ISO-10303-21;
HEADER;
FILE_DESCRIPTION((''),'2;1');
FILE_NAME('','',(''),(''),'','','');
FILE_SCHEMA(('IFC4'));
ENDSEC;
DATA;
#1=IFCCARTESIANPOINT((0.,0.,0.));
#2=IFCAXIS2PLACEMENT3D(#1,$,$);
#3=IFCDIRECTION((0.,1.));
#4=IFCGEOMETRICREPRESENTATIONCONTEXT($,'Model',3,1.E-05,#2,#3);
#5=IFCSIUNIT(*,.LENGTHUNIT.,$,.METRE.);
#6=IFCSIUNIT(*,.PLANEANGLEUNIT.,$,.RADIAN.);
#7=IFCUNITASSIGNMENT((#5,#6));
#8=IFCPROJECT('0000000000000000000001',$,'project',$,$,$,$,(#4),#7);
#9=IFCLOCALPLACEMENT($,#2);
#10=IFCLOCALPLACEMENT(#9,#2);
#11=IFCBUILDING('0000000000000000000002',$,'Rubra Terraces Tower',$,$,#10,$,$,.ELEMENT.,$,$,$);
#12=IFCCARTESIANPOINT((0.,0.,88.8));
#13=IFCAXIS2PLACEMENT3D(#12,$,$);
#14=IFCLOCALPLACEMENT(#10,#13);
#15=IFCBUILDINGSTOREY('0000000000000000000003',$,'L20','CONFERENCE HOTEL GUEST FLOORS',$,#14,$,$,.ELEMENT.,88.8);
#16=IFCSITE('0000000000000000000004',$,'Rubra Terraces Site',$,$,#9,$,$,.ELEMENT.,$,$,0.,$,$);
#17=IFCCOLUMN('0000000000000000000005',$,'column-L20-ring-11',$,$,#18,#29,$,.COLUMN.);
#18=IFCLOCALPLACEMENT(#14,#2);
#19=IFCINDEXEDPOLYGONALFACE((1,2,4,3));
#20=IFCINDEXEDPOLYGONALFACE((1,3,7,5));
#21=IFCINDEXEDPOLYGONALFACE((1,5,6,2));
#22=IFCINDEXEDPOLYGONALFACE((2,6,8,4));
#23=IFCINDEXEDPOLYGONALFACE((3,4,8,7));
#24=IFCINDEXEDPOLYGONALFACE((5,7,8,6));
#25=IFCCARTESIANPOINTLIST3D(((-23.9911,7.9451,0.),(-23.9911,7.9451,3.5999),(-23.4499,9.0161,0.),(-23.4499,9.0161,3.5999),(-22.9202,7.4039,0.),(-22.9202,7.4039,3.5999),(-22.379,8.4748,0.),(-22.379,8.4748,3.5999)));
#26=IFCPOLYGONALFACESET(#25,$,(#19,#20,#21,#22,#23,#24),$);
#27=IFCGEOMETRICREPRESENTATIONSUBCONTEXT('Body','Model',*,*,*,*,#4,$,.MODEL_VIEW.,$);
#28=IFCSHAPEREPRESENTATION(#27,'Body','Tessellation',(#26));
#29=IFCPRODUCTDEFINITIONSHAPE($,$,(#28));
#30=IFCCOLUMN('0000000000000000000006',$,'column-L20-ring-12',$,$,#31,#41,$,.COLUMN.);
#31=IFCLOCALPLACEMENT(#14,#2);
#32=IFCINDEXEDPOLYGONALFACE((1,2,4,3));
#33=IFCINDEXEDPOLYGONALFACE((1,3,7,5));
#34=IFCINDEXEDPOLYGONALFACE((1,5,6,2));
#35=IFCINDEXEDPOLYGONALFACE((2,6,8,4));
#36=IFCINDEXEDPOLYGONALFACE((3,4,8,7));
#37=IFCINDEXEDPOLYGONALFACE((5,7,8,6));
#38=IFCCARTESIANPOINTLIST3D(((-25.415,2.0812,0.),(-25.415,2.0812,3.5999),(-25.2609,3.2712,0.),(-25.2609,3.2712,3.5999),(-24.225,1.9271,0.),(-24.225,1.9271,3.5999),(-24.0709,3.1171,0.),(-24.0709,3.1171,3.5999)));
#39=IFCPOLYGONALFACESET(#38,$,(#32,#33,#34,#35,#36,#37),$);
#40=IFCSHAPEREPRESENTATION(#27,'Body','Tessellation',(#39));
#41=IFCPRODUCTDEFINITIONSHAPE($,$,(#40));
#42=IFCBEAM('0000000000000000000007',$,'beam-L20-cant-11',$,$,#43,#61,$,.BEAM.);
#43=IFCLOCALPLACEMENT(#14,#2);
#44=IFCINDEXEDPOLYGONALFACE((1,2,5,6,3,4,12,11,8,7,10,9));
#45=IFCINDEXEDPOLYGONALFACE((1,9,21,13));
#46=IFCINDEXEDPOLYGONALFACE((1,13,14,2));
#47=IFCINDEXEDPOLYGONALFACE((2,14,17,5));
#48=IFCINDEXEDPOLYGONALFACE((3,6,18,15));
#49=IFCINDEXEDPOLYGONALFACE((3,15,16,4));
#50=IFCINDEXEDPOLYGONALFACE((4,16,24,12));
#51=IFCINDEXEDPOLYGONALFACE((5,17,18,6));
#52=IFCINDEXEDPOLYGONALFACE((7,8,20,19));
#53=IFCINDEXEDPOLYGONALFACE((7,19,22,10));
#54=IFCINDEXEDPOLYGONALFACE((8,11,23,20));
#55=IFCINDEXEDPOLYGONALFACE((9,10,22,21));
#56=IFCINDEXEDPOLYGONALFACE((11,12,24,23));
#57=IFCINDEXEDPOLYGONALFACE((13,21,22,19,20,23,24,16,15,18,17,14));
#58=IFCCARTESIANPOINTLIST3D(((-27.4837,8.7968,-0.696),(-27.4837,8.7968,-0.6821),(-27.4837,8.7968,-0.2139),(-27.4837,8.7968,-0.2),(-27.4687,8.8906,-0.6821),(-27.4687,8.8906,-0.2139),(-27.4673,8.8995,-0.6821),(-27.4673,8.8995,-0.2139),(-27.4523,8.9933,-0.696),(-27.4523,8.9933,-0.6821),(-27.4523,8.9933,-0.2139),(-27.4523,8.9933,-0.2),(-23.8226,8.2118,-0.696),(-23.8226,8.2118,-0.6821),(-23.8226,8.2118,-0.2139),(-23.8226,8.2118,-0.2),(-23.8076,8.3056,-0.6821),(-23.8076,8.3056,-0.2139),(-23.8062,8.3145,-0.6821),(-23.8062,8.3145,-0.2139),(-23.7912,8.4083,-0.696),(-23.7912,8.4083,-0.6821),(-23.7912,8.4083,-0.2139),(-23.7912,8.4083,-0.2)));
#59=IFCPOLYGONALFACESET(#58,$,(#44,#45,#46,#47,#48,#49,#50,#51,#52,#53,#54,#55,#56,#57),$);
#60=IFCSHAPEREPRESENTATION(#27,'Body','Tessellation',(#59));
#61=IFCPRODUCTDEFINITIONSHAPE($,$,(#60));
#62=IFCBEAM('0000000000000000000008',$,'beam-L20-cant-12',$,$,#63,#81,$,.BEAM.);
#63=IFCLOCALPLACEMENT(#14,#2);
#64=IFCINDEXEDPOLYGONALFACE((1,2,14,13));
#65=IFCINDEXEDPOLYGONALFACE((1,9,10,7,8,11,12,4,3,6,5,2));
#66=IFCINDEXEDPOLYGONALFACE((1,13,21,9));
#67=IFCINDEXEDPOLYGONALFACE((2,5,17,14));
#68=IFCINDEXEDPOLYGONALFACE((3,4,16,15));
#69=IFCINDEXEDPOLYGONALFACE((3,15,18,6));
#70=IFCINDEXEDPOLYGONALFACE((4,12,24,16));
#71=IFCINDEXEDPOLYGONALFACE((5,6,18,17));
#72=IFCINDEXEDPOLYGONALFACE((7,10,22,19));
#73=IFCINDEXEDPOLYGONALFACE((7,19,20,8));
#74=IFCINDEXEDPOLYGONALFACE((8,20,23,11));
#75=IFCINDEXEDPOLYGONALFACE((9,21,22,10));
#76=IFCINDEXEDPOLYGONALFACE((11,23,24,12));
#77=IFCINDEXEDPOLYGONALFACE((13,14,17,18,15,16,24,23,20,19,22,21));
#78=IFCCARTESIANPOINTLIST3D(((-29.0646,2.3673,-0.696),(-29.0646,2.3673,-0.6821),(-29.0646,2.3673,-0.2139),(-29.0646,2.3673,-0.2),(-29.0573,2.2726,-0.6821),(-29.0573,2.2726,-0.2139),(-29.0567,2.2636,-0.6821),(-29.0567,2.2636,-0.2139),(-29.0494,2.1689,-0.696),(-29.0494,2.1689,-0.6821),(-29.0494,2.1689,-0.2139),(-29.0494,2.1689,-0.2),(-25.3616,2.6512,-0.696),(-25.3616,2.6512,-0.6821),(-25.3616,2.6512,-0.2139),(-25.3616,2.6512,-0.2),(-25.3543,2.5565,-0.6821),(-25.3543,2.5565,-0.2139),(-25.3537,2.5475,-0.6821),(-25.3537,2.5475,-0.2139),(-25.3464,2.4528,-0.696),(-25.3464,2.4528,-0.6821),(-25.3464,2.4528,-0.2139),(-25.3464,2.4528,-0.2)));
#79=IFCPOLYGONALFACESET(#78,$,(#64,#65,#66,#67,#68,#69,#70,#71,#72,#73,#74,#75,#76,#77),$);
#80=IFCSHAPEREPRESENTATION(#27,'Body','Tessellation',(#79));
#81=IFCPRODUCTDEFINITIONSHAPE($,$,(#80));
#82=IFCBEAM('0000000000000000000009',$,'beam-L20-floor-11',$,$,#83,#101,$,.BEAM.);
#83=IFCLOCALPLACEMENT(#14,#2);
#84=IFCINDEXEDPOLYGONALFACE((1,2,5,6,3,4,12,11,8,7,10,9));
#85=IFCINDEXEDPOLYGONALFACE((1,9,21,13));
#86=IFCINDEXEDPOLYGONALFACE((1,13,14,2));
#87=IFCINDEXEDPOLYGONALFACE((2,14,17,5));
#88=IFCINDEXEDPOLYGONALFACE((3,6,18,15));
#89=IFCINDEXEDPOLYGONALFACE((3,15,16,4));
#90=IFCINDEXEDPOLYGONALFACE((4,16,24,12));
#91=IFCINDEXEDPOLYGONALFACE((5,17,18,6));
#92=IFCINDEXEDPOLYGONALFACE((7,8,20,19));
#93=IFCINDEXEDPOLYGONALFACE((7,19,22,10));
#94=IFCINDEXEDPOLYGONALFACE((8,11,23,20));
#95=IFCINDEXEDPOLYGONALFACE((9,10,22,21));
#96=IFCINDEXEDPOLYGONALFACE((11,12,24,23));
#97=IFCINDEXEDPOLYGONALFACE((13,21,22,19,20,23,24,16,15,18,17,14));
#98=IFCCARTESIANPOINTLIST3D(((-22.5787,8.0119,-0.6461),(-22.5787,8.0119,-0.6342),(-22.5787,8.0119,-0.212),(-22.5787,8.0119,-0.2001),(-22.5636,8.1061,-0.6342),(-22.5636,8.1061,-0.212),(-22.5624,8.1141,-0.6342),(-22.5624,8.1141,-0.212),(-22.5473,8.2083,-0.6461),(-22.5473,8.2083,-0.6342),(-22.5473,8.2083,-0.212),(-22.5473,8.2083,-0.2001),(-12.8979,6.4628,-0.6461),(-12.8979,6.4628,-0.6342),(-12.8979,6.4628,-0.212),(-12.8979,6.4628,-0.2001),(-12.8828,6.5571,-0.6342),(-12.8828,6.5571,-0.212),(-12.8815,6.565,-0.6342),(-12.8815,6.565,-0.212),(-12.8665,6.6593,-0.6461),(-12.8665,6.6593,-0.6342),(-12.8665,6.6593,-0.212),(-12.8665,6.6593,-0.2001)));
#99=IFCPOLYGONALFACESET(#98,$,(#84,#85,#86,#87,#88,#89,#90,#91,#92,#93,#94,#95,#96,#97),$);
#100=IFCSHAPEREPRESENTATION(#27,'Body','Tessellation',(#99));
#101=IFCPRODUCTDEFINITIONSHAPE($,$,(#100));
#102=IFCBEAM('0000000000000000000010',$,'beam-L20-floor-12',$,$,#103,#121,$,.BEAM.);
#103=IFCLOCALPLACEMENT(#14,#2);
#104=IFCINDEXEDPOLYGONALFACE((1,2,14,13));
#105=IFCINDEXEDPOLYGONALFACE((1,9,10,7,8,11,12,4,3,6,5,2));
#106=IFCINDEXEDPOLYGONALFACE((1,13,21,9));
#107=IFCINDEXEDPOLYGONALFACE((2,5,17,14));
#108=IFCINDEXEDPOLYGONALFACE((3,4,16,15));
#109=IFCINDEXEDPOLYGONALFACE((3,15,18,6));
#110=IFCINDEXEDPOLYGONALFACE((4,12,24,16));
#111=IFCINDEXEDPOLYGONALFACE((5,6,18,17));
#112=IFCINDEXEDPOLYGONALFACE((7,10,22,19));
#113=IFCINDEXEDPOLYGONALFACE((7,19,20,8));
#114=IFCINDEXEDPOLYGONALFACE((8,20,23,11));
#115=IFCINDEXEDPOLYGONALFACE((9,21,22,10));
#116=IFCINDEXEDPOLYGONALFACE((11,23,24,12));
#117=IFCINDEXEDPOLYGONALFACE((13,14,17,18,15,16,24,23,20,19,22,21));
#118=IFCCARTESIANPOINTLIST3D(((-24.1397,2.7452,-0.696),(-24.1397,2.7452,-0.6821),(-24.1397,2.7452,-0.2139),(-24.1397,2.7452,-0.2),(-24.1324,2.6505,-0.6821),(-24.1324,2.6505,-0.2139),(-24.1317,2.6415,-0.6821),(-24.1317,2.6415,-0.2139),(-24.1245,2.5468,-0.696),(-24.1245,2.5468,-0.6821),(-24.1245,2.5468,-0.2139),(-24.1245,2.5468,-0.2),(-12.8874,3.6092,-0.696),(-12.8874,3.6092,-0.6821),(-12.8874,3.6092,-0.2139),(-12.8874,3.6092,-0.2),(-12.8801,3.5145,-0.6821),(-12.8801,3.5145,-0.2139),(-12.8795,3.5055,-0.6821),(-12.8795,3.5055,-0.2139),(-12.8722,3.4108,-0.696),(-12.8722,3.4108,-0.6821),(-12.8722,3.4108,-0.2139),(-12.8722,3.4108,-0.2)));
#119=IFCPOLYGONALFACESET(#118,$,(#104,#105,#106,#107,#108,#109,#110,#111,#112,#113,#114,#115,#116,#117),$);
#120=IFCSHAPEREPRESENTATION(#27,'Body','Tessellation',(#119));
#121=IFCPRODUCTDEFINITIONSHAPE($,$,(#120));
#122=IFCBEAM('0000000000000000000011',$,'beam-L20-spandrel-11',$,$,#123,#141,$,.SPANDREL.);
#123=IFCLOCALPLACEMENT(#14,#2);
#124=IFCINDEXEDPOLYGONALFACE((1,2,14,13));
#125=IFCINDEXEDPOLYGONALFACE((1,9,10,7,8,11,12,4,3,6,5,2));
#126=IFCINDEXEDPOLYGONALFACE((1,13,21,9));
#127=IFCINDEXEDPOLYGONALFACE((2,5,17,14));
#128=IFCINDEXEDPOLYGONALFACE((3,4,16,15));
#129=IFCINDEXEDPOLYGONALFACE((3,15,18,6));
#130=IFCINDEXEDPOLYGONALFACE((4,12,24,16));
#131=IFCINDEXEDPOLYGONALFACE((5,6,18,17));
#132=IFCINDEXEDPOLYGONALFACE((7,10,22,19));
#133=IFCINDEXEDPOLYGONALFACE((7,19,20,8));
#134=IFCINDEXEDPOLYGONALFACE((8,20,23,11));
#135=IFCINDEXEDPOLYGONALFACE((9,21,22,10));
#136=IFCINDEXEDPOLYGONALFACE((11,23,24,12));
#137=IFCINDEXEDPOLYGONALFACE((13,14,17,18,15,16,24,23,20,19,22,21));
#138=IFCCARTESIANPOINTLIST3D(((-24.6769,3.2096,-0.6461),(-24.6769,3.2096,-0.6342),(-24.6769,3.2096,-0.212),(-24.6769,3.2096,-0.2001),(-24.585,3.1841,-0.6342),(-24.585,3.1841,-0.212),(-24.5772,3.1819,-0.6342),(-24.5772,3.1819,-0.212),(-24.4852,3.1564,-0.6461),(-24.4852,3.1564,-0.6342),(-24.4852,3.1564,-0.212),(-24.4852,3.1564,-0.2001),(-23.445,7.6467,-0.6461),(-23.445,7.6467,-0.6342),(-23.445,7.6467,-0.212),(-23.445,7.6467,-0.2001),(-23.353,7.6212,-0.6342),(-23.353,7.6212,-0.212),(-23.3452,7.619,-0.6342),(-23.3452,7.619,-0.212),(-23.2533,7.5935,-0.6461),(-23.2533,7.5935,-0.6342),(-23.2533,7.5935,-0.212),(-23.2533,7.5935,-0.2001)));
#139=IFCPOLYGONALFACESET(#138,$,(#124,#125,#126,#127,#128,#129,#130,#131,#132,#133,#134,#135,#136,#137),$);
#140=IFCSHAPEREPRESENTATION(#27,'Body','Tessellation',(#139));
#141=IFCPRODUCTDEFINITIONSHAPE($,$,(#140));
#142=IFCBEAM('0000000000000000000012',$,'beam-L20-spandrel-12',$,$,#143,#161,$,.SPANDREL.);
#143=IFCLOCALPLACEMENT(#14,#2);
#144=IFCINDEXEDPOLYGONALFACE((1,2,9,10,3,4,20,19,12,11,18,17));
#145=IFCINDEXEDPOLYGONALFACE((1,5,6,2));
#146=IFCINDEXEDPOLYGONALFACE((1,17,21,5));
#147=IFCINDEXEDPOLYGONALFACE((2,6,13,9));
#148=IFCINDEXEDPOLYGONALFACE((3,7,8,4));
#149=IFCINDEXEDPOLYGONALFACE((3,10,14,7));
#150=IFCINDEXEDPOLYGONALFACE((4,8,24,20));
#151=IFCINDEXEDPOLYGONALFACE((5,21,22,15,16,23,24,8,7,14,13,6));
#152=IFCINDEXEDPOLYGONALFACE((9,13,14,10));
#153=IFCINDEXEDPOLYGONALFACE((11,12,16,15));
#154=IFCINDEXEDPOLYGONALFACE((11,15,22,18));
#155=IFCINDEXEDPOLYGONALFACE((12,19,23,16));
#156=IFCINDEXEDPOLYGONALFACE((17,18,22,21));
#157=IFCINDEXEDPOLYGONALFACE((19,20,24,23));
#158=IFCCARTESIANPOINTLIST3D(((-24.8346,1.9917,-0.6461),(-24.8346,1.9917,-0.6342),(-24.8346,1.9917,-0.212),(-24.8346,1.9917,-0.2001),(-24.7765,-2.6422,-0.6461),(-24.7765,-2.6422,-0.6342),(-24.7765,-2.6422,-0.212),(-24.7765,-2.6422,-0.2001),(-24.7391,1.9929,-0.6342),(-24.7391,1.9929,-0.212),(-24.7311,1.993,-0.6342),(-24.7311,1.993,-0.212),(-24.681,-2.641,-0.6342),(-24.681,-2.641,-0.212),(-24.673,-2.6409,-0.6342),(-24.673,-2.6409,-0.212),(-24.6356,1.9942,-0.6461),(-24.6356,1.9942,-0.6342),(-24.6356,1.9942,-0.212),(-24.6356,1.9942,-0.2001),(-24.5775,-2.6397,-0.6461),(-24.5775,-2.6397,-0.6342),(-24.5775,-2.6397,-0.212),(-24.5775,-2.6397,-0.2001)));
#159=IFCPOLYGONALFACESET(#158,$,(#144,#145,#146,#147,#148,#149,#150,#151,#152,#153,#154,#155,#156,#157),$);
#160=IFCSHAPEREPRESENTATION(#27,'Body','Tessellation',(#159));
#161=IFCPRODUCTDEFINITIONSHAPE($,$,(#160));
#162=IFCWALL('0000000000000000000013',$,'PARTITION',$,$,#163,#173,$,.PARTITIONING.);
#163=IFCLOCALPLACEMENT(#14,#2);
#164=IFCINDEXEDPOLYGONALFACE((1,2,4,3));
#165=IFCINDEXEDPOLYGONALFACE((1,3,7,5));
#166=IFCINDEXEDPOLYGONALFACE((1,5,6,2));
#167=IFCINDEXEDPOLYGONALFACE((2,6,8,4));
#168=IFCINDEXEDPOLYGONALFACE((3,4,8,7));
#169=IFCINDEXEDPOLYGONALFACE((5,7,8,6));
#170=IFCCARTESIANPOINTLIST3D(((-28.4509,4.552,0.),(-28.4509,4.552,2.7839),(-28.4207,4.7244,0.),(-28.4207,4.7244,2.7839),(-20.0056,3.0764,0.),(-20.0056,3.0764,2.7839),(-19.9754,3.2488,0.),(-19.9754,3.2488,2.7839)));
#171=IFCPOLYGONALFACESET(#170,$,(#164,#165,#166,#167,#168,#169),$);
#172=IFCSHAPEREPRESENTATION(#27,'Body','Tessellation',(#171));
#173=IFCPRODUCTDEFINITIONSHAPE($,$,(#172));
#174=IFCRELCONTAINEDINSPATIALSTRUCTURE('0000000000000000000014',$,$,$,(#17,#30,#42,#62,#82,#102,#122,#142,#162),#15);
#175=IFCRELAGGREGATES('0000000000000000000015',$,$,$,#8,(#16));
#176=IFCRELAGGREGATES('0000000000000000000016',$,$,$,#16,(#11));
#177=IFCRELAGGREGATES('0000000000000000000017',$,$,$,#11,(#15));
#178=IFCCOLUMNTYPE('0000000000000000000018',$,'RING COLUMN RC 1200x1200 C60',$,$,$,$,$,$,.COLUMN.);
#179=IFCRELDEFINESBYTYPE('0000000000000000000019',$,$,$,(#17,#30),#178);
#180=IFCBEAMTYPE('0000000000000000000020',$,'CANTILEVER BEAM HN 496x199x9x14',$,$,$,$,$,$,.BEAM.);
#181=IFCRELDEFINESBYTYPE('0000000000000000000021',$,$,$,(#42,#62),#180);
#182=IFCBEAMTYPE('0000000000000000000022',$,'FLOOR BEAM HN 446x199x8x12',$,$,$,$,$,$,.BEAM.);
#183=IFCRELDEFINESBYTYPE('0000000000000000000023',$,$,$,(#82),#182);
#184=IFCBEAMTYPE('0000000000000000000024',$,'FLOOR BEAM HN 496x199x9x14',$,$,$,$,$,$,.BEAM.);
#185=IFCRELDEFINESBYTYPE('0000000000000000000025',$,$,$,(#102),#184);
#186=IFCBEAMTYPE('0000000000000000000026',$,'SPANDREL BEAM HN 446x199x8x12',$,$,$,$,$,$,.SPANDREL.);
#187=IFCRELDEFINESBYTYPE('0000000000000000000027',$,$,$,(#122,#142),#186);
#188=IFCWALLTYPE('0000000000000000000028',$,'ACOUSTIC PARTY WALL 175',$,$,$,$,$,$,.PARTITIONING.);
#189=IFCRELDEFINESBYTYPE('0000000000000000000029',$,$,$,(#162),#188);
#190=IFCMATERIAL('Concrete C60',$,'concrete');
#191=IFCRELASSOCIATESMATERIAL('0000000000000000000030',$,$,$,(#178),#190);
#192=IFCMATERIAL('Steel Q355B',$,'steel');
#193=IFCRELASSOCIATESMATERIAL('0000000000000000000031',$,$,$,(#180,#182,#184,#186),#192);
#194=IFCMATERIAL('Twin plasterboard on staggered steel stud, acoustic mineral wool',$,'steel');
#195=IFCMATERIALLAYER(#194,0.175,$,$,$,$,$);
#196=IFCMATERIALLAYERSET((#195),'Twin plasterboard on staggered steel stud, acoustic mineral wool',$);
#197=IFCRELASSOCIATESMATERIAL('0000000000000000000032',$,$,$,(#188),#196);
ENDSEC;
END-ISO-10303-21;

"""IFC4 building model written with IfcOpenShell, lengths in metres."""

from ifc_helpers import new_model, si_unit, direction, frame, frame_2d, origin, origin_2d, place, context, subcontext, project, spatial, rectangle, i_section, extrude, material, layer, layer_set, material_profile, profile_set, type_object, element, save


model = new_model("IFC4")

# Units and contexts
model_context = context("Model", 3, precision=1e-05, world=origin(), true_north=direction((0.0, 1.0)))
body_context = subcontext(model_context, "Body", "Model", "MODEL_VIEW")
ifc_project = project(units=[si_unit("LENGTHUNIT", "METRE"), si_unit("PLANEANGLEUNIT", "RADIAN")], contexts=[model_context])

# Site, building, storey
site_placement = place(None, origin())
site = spatial("IfcSite", under=ifc_project, at=site_placement, Name="Rubra Terraces Site", CompositionType="ELEMENT", RefElevation=0.0)
building_placement = place(site_placement, origin())
building = spatial("IfcBuilding", under=site, at=building_placement, Name="Rubra Terraces Tower", CompositionType="ELEMENT")
storey_placement = place(building_placement, frame((0.0, 0.0, 88.8)))
storey = spatial("IfcBuildingStorey", under=building, at=storey_placement, Name="L20", Description="CONFERENCE HOTEL GUEST FLOORS", CompositionType="ELEMENT", Elevation=88.8)

# Columns
ifc_material_1 = material(Name="Concrete C60", Category="concrete")
ifc_material_profile_1 = material_profile(ifc_material_1, rectangle(XDim=1.2, YDim=1.2, at=origin_2d()), Name="RC 1200x1200")
ifc_profile_set_1 = profile_set([ifc_material_profile_1], Name="Concrete C60")
column_type = type_object("IfcColumnType", Name="RING COLUMN RC 1200x1200 C60", PredefinedType="COLUMN", material=ifc_profile_set_1)
for number, where, z_axis, x_axis, name in (
    (1, (-23.1851, 8.21, 0.0), (0.0, 0.0, 1.0), (-0.451028, -0.89251, 0.0), "column-L20-ring-11"),
    (2, (-24.7429, 2.5991, 0.0), (0.0, 0.0, 1.0), (-0.128444, -0.991717, 0.0), "column-L20-ring-12"),
):
    element("IfcColumn", number, at=place(storey_placement, frame(where, z_axis=z_axis, x_axis=x_axis)), inside=storey, type_object=column_type, Name=name, PredefinedType="COLUMN", context=body_context, shape_type="SweptSolid", body=[
        extrude(rectangle(XDim=1.2, YDim=1.2, at=origin_2d()), origin(), (0.0, 0.0, 1.0), 3.5999),
    ])

# Beams
ifc_material_2 = material(Name="Steel Q355B", Category="steel")
ifc_material_profile_2 = material_profile(ifc_material_2, i_section(OverallWidth=0.199, OverallDepth=0.4961, WebThickness=0.009, FlangeThickness=0.0139, at=origin_2d()), Name="HN 496x199x9x14")
ifc_profile_set_2 = profile_set([ifc_material_profile_2], Name="Steel Q355B")
beam_type_1 = type_object("IfcBeamType", Name="CANTILEVER BEAM HN 496x199x9x14", PredefinedType="BEAM", material=ifc_profile_set_2)
beam_1_placement = place(storey_placement, frame((-23.8069, 8.3101, -0.448), z_axis=(-0.987475, 0.157775, 0.0), x_axis=(-0.157775, -0.987475, 0.0)))
element("IfcBeam", 3, at=beam_1_placement, inside=storey, type_object=beam_type_1, Name="beam-L20-cant-11", PredefinedType="BEAM", context=body_context, shape_type="SweptSolid", body=[
    extrude(i_section(OverallWidth=0.199, OverallDepth=0.4961, WebThickness=0.009, FlangeThickness=0.0139, at=origin_2d()), origin(), (0.0, 0.0, 1.0), 3.7075),
])
beam_2_placement = place(storey_placement, frame((-25.354, 2.552, -0.448), z_axis=(-0.997073, -0.076455, 0.0), x_axis=(0.076455, -0.997073, 0.0)))
element("IfcBeam", 4, at=beam_2_placement, inside=storey, type_object=beam_type_1, Name="beam-L20-cant-12", PredefinedType="BEAM", context=body_context, shape_type="SweptSolid", body=[
    extrude(i_section(OverallWidth=0.199, OverallDepth=0.4961, WebThickness=0.009, FlangeThickness=0.0139, at=origin_2d()), origin(), (0.0, 0.0, 1.0), 3.7139),
])
ifc_material_profile_3 = material_profile(ifc_material_2, i_section(OverallWidth=0.199, OverallDepth=0.446, WebThickness=0.0081, FlangeThickness=0.012, at=origin_2d()), Name="HN 446x199x8x12")
ifc_profile_set_3 = profile_set([ifc_material_profile_3], Name="Steel Q355B")
beam_type_2 = type_object("IfcBeamType", Name="FLOOR BEAM HN 446x199x8x12", PredefinedType="BEAM", material=ifc_profile_set_3)
beam_3_placement = place(storey_placement, frame((-22.563, 8.1101, -0.4231), z_axis=(0.987439, -0.158003, 0.0), x_axis=(0.158003, 0.987439, 0.0)))
element("IfcBeam", 5, at=beam_3_placement, inside=storey, type_object=beam_type_2, Name="beam-L20-floor-11", PredefinedType="BEAM", context=body_context, shape_type="SweptSolid", body=[
    extrude(i_section(OverallWidth=0.199, OverallDepth=0.446, WebThickness=0.0081, FlangeThickness=0.012, at=origin_2d()), origin(), (0.0, 0.0, 1.0), 9.804),
])
ifc_material_profile_4 = material_profile(ifc_material_2, i_section(OverallWidth=0.199, OverallDepth=0.4961, WebThickness=0.009, FlangeThickness=0.0139, at=origin_2d()), Name="HN 496x199x9x14")
ifc_profile_set_4 = profile_set([ifc_material_profile_4], Name="Steel Q355B")
beam_type_3 = type_object("IfcBeamType", Name="FLOOR BEAM HN 496x199x9x14", PredefinedType="BEAM", material=ifc_profile_set_4)
beam_4_placement = place(storey_placement, frame((-24.1321, 2.646, -0.448), z_axis=(0.997065, 0.076561, 0.0), x_axis=(-0.076561, 0.997065, 0.0)))
element("IfcBeam", 6, at=beam_4_placement, inside=storey, type_object=beam_type_3, Name="beam-L20-floor-12", PredefinedType="BEAM", context=body_context, shape_type="SweptSolid", body=[
    extrude(i_section(OverallWidth=0.199, OverallDepth=0.4961, WebThickness=0.009, FlangeThickness=0.0139, at=origin_2d()), origin(), (0.0, 0.0, 1.0), 11.2854),
])
ifc_material_profile_5 = material_profile(ifc_material_2, i_section(OverallWidth=0.199, OverallDepth=0.446, WebThickness=0.0081, FlangeThickness=0.012, at=origin_2d()), Name="HN 446x199x8x12")
ifc_profile_set_5 = profile_set([ifc_material_profile_5], Name="Steel Q355B")
beam_type_4 = type_object("IfcBeamType", Name="SPANDREL BEAM HN 446x199x8x12", PredefinedType="SPANDREL", material=ifc_profile_set_5)
beam_5_placement = place(storey_placement, frame((-23.3491, 7.6201, -0.4231), z_axis=(-0.267529, -0.96355, 0.0), x_axis=(0.96355, -0.267529, 0.0)))
element("IfcBeam", 7, at=beam_5_placement, inside=storey, type_object=beam_type_4, Name="beam-L20-spandrel-11", PredefinedType="SPANDREL", context=body_context, shape_type="SweptSolid", body=[
    extrude(i_section(OverallWidth=0.199, OverallDepth=0.446, WebThickness=0.0081, FlangeThickness=0.012, at=origin_2d()), origin(), (0.0, 0.0, 1.0), 4.605),
])
beam_6_placement = place(storey_placement, frame((-24.7351, 1.9929, -0.4231), z_axis=(0.012538, -0.999921, 0.0), x_axis=(0.999921, 0.012538, 0.0)))
element("IfcBeam", 8, at=beam_6_placement, inside=storey, type_object=beam_type_4, Name="beam-L20-spandrel-12", PredefinedType="SPANDREL", context=body_context, shape_type="SweptSolid", body=[
    extrude(i_section(OverallWidth=0.199, OverallDepth=0.446, WebThickness=0.0081, FlangeThickness=0.012, at=origin_2d()), origin(), (0.0, 0.0, 1.0), 4.6343),
])

# Wall
ifc_material_3 = material(Name="Twin plasterboard on staggered steel stud, acoustic mineral wool", Category="steel")
ifc_layer_1 = layer(ifc_material_3, 0.175)
ifc_layer_set_1 = layer_set([ifc_layer_1], Name="Twin plasterboard on staggered steel stud, acoustic mineral wool")
wall_type_1 = type_object("IfcWallType", Name="ACOUSTIC PARTY WALL 175", PredefinedType="PARTITIONING", material=ifc_layer_set_1)
wall_1_placement = place(storey_placement, frame((-28.4358, 4.6382, 0.0), z_axis=(0.0, 0.0, 1.0), x_axis=(0.985077, -0.172115, 0.0)))
element("IfcWall", 9, at=wall_1_placement, inside=storey, type_object=wall_type_1, Name="PARTITION", PredefinedType="PARTITIONING", context=body_context, shape_type="SweptSolid", body=[
    extrude(rectangle(XDim=8.5732, YDim=0.175, at=frame_2d((4.2866, 0.0))), origin(), (0.0, 0.0, 1.0), 2.7839),
])

save(model, "model.ifc")
